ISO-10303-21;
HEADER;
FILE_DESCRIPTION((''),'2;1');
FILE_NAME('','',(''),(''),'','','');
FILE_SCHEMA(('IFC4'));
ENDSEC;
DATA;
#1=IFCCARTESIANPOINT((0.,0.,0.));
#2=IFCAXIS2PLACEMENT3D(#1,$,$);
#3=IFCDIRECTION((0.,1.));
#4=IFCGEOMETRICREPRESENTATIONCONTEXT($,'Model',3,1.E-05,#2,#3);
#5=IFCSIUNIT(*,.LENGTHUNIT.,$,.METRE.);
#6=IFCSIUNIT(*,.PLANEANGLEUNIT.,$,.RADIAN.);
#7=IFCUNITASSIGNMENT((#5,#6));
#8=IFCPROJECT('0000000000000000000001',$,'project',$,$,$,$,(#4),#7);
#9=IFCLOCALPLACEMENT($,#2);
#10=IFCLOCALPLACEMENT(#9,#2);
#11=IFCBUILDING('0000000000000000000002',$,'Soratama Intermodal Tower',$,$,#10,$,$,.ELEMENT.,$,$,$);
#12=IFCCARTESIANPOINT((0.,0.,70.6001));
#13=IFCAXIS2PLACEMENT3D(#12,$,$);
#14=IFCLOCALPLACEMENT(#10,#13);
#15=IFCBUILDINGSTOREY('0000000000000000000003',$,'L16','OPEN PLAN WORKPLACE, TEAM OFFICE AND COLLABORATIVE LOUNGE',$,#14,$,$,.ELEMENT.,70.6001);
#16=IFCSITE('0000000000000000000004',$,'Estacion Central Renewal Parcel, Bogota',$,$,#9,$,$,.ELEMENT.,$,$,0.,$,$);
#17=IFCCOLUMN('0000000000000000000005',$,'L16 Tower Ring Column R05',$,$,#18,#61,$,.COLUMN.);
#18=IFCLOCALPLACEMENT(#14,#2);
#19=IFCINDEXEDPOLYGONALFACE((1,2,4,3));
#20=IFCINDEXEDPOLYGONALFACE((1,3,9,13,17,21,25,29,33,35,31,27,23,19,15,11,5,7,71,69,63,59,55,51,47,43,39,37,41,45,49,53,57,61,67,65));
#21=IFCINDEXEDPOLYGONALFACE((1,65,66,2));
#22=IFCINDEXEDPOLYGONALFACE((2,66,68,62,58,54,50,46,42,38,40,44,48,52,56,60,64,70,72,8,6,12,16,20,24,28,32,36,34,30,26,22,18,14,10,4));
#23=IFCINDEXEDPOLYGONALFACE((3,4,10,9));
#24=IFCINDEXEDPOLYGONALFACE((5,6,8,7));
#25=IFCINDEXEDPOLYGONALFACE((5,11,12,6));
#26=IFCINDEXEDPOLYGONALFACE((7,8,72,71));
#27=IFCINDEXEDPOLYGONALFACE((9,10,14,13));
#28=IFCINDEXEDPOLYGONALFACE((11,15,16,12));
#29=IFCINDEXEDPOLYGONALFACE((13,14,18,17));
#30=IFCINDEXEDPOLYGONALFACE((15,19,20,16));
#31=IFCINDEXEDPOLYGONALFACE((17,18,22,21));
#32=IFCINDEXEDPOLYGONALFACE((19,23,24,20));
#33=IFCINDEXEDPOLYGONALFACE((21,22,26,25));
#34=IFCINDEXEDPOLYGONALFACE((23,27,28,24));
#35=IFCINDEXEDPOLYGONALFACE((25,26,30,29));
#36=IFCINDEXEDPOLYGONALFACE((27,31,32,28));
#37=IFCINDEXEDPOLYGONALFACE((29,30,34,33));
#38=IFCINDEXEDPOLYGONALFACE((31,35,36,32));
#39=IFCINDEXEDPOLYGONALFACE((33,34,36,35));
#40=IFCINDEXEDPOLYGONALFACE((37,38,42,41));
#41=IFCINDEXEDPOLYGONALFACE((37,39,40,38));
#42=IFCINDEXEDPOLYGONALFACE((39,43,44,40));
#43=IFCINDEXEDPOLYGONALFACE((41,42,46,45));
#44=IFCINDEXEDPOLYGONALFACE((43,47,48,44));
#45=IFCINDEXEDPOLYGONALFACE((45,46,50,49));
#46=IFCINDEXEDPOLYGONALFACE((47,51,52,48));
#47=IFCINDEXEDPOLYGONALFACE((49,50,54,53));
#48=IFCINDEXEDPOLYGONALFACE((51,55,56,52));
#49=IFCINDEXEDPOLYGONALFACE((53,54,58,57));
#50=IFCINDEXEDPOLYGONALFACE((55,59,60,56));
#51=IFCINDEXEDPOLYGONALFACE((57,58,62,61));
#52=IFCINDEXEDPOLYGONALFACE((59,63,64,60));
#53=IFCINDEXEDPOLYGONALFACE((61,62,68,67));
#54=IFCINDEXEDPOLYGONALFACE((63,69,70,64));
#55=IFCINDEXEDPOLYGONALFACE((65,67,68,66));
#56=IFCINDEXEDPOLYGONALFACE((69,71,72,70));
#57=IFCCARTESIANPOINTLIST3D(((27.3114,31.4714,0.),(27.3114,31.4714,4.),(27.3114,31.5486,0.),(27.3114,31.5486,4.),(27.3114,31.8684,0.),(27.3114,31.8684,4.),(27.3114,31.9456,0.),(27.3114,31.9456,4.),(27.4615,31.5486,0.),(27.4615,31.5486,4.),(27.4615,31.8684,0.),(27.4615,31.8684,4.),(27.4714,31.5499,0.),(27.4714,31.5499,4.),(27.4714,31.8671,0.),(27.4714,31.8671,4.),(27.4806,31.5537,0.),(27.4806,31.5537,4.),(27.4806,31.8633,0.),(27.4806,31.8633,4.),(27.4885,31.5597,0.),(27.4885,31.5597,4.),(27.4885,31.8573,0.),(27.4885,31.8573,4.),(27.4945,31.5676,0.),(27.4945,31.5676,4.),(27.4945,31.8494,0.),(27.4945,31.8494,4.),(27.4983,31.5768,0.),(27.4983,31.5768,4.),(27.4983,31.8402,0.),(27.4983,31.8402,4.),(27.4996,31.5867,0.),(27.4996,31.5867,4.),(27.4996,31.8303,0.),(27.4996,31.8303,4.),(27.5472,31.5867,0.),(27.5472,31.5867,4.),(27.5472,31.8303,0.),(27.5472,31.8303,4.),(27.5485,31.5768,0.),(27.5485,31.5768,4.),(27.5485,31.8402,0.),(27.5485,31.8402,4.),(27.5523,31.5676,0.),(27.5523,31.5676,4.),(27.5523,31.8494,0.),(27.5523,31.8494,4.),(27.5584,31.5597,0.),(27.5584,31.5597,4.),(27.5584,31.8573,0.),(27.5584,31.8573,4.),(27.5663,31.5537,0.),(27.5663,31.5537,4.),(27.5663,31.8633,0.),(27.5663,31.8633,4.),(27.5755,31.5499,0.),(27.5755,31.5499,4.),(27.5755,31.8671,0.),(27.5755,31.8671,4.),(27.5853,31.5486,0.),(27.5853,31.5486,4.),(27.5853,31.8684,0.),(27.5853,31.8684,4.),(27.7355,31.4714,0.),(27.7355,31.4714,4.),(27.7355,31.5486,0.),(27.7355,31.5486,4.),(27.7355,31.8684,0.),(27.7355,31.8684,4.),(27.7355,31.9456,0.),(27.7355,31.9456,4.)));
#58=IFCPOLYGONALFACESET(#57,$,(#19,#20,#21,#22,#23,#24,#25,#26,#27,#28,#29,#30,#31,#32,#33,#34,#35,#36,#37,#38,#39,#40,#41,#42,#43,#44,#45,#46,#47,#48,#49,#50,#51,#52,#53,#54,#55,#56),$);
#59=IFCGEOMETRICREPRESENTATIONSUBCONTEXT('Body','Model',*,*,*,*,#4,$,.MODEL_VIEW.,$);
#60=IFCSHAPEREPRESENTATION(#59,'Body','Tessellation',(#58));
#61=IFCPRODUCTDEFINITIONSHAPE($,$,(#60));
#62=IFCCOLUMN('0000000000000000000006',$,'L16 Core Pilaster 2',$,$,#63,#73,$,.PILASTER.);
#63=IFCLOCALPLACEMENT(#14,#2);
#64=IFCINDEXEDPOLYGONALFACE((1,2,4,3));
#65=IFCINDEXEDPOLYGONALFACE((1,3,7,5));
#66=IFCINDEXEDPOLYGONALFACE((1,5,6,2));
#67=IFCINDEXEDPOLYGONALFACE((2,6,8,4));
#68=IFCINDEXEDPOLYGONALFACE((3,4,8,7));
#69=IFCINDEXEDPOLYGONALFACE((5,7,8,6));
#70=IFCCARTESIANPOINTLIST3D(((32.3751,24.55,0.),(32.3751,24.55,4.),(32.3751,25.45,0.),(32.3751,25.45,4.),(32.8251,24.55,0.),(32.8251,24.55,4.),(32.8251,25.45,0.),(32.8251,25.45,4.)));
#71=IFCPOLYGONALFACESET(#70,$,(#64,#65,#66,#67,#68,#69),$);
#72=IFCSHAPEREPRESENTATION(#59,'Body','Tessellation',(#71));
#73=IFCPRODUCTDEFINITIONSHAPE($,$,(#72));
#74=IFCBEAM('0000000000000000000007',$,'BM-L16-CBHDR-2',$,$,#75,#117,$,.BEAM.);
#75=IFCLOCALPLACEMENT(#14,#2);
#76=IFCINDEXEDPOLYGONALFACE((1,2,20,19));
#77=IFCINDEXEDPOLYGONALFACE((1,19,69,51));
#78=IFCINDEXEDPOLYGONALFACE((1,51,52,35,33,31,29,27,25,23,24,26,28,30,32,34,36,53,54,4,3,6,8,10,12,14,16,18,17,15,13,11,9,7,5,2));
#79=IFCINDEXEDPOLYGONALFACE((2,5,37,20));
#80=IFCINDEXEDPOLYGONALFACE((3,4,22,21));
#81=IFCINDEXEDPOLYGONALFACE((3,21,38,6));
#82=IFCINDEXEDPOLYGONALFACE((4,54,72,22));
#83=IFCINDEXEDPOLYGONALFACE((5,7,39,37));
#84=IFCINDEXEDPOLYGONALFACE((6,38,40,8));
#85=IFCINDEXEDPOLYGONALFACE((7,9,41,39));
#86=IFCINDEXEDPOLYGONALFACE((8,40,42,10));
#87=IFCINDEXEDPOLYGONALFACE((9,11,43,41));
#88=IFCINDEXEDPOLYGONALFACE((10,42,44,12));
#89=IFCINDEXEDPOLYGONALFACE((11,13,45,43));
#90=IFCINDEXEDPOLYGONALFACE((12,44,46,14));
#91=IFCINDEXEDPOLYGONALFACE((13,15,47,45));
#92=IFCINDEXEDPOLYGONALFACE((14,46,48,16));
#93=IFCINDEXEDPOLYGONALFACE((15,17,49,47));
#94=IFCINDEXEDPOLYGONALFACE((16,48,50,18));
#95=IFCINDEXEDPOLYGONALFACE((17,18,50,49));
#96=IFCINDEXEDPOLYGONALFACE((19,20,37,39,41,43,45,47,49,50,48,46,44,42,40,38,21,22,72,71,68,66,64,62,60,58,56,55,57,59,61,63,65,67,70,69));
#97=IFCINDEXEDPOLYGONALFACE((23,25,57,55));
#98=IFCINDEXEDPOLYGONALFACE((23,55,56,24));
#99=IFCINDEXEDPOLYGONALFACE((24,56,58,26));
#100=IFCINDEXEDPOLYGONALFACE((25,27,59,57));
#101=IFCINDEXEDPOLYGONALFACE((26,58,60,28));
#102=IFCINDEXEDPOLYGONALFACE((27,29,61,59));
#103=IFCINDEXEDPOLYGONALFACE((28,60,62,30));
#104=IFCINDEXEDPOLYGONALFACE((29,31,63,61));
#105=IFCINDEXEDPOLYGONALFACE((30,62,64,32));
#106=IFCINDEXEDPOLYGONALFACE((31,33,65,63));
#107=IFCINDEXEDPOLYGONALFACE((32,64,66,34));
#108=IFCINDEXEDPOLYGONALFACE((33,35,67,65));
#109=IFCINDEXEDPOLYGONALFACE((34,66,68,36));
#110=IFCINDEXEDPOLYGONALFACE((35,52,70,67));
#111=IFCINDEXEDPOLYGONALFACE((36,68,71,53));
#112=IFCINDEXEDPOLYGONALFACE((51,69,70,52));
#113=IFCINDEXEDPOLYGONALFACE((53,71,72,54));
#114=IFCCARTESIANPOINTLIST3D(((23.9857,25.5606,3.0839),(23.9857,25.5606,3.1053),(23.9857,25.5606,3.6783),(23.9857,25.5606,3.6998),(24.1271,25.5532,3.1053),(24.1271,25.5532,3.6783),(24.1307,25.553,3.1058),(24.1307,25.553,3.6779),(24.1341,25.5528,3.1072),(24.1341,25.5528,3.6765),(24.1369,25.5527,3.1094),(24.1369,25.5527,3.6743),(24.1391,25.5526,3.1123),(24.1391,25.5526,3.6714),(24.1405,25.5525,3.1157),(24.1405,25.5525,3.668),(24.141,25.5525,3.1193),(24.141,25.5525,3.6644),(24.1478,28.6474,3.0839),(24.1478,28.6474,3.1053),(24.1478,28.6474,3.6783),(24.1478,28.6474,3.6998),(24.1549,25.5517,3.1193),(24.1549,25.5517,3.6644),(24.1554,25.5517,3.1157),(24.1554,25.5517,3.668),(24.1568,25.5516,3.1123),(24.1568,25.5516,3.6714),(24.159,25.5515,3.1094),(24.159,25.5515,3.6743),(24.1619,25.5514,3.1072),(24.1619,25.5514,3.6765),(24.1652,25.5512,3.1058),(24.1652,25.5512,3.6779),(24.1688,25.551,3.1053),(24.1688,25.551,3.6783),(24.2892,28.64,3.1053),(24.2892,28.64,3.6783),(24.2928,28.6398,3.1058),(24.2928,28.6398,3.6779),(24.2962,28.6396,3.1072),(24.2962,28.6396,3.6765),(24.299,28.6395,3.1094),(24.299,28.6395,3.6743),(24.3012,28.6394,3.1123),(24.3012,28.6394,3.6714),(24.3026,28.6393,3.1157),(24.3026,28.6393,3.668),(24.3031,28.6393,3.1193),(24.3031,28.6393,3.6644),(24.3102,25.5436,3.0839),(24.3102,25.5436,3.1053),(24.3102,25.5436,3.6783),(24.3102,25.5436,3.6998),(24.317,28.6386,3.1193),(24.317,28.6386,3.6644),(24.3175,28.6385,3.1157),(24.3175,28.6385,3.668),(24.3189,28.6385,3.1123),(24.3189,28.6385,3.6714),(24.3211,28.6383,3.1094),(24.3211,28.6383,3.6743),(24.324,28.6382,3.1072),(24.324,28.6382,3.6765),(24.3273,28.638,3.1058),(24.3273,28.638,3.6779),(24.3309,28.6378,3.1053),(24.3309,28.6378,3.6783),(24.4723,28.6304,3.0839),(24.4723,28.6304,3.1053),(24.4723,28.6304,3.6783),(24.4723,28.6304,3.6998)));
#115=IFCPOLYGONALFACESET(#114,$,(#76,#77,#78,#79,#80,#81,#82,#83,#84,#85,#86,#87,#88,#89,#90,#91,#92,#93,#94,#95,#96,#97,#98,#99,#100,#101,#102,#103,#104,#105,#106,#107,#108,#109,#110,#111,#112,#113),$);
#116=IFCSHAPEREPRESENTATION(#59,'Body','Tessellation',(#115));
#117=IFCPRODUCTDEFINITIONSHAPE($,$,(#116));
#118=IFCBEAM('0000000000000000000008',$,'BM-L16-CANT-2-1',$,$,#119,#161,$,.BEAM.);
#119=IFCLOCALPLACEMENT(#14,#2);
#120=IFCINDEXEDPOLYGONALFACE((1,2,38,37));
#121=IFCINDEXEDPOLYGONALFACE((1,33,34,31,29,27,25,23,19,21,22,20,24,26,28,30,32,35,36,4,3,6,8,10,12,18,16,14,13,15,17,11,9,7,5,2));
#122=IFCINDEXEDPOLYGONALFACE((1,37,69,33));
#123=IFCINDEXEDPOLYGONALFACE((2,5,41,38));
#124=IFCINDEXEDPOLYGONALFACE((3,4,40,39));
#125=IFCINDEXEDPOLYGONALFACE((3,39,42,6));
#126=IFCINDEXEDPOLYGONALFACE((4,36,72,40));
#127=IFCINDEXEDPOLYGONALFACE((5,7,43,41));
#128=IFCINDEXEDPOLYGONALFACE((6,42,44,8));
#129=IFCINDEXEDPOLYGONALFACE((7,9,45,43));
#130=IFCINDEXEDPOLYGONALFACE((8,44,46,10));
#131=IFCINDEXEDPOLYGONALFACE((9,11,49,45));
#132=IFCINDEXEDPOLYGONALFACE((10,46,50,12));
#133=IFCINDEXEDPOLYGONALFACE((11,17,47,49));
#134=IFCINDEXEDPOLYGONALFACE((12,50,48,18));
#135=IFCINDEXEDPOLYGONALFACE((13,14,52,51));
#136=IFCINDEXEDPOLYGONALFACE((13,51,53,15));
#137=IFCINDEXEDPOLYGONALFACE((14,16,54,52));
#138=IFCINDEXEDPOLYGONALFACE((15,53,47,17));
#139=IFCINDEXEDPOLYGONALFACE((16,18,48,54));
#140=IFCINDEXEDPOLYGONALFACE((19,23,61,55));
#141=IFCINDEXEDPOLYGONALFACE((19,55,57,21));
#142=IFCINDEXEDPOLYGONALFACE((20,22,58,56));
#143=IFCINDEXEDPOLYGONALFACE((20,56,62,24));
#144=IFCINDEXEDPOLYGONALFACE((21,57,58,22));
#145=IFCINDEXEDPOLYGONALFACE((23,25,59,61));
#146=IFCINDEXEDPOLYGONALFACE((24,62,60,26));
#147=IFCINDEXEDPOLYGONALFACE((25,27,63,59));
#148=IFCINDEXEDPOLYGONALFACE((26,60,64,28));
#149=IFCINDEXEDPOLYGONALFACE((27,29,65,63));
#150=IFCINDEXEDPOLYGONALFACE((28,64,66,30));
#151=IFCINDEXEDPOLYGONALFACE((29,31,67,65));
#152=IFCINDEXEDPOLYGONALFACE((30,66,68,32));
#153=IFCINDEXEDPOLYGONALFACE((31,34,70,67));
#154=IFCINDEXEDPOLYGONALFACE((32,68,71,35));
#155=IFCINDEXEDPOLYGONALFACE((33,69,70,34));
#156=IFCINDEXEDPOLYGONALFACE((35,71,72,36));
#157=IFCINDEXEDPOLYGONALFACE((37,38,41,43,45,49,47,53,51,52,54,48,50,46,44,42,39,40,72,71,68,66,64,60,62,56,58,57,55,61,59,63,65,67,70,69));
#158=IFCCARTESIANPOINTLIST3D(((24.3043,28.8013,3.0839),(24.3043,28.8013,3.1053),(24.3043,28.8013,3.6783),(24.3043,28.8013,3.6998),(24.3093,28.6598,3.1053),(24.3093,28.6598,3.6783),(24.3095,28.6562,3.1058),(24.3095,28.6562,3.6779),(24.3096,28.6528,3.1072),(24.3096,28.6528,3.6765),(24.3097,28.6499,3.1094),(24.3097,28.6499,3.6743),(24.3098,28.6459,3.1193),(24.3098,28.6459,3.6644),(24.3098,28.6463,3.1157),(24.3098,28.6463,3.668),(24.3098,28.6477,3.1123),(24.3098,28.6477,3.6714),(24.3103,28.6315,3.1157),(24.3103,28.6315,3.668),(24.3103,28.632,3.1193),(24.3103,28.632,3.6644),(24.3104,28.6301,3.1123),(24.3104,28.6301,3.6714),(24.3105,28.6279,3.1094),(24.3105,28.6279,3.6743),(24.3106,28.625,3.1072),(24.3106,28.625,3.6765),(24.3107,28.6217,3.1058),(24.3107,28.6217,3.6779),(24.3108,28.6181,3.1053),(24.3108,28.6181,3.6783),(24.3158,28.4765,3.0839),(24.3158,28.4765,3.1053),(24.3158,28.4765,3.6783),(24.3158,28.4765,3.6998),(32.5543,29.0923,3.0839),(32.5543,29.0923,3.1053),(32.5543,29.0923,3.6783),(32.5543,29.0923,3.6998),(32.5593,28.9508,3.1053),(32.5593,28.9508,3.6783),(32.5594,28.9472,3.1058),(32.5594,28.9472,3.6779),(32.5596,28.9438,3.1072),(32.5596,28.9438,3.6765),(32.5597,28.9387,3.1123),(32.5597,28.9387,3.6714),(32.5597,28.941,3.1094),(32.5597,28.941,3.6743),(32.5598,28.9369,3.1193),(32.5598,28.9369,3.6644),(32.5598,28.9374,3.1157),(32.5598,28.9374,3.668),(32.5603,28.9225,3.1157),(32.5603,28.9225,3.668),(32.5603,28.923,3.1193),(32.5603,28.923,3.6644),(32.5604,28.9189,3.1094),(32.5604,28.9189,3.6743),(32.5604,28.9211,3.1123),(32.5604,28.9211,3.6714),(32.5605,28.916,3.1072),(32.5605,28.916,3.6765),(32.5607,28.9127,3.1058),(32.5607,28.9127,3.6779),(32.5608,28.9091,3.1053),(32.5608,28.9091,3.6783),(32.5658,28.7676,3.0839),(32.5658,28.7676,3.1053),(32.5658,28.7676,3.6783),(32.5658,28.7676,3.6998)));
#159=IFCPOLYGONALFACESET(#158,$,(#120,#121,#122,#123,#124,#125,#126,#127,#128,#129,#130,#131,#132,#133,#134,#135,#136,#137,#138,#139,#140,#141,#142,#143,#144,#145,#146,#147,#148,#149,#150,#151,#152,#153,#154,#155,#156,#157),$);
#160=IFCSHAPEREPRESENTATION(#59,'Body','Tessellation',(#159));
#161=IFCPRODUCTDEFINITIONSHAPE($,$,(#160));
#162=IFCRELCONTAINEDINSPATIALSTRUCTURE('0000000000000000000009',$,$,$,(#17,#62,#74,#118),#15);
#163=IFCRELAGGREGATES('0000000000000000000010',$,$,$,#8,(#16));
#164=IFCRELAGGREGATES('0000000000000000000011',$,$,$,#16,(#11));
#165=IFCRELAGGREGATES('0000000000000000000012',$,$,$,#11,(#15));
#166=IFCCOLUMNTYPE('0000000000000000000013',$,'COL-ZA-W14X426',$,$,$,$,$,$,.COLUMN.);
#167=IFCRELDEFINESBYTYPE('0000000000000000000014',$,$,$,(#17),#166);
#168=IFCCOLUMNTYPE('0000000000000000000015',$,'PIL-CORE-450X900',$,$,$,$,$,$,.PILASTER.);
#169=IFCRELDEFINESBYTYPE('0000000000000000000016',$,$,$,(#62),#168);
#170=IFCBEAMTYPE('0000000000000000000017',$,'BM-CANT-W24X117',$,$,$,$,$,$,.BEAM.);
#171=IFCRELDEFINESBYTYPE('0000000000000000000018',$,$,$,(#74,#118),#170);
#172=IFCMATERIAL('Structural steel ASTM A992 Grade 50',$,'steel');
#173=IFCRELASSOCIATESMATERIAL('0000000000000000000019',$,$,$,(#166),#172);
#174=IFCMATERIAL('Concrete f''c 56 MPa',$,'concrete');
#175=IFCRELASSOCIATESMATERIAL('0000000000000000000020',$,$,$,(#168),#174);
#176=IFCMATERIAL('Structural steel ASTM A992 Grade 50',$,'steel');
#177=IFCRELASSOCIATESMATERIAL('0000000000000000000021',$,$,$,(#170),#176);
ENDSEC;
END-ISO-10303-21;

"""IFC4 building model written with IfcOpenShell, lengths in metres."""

from ifc_helpers import new_model, si_unit, direction, frame, origin, origin_2d, place, context, subcontext, project, spatial, rectangle, i_section, extrude, material, material_profile, profile_set, type_object, element, save


model = new_model("IFC4")

# Units and contexts
model_context = context("Model", 3, precision=1e-05, world=origin(), true_north=direction((0.0, 1.0)))
body_context = subcontext(model_context, "Body", "Model", "MODEL_VIEW")
ifc_project = project(units=[si_unit("LENGTHUNIT", "METRE"), si_unit("PLANEANGLEUNIT", "RADIAN")], contexts=[model_context])

# Site, building, storey
site_placement = place(None, origin())
site = spatial("IfcSite", under=ifc_project, at=site_placement, Name="Estacion Central Renewal Parcel, Bogota", CompositionType="ELEMENT", RefElevation=0.0)
building_placement = place(site_placement, origin())
building = spatial("IfcBuilding", under=site, at=building_placement, Name="Soratama Intermodal Tower", CompositionType="ELEMENT")
storey_placement = place(building_placement, frame((0.0, 0.0, 70.6001)))
storey = spatial("IfcBuildingStorey", under=building, at=storey_placement, Name="L16", Description="OPEN PLAN WORKPLACE, TEAM OFFICE AND COLLABORATIVE LOUNGE", CompositionType="ELEMENT", Elevation=70.6001)

# Columns
ifc_material_1 = material(Name="Structural steel ASTM A992 Grade 50", Category="steel")
ifc_material_profile_1 = material_profile(ifc_material_1, i_section(OverallWidth=0.4241, OverallDepth=0.4741, WebThickness=0.0476, FlangeThickness=0.0771, FilletRadius=0.0381, at=origin_2d()), Name="W14X426")
ifc_profile_set_1 = profile_set([ifc_material_profile_1], Name="Structural steel ASTM A992 Grade 50")
column_type_1 = type_object("IfcColumnType", Name="COL-ZA-W14X426", PredefinedType="COLUMN", material=ifc_profile_set_1)
column_1_placement = place(storey_placement, frame((27.5234, 31.7085, 0.0), z_axis=(0.0, 0.0, 1.0), x_axis=(1.0, 0.0, 0.0)))
element("IfcColumn", 1, at=column_1_placement, inside=storey, type_object=column_type_1, Name="L16 Tower Ring Column R05", PredefinedType="COLUMN", context=body_context, shape_type="SweptSolid", body=[
    extrude(i_section(OverallWidth=0.4241, OverallDepth=0.4741, WebThickness=0.0476, FlangeThickness=0.0771, FilletRadius=0.0381, at=origin_2d()), origin(), (0.0, 0.0, 1.0), 4.0),
])
ifc_material_2 = material(Name="Concrete f'c 56 MPa", Category="concrete")
ifc_material_profile_2 = material_profile(ifc_material_2, rectangle(XDim=0.45, YDim=0.8999, at=origin_2d()), Name="RC450X900")
ifc_profile_set_2 = profile_set([ifc_material_profile_2], Name="Concrete f'c 56 MPa")
column_type_2 = type_object("IfcColumnType", Name="PIL-CORE-450X900", PredefinedType="PILASTER", material=ifc_profile_set_2)
column_2_placement = place(storey_placement, frame((32.6001, 25.0, 0.0), z_axis=(0.0, 0.0, 1.0), x_axis=(1.0, 0.0, 0.0)))
element("IfcColumn", 2, at=column_2_placement, inside=storey, type_object=column_type_2, Name="L16 Core Pilaster 2", PredefinedType="PILASTER", context=body_context, shape_type="SweptSolid", body=[
    extrude(rectangle(XDim=0.45, YDim=0.8999, at=origin_2d()), origin(), (0.0, 0.0, 1.0), 4.0),
])

# Beams
ifc_material_3 = material(Name="Structural steel ASTM A992 Grade 50", Category="steel")
ifc_material_profile_3 = material_profile(ifc_material_3, i_section(OverallWidth=0.325, OverallDepth=0.616, WebThickness=0.0139, FlangeThickness=0.0215, FilletRadius=0.0139, at=origin_2d()), Name="W24X117")
ifc_profile_set_3 = profile_set([ifc_material_profile_3], Name="Structural steel ASTM A992 Grade 50")
beam_type_1 = type_object("IfcBeamType", Name="BM-CANT-W24X117", PredefinedType="BEAM", material=ifc_profile_set_3)
beam_1_placement = place(storey_placement, frame((24.3101, 28.6389, 3.3918), z_axis=(-0.052443, -0.998624, 0.0), x_axis=(0.998624, -0.052443, 0.0)))
element("IfcBeam", 3, at=beam_1_placement, inside=storey, type_object=beam_type_1, Name="BM-L16-CBHDR-2", PredefinedType="BEAM", context=body_context, shape_type="SweptSolid", body=[
    extrude(i_section(OverallWidth=0.325, OverallDepth=0.616, WebThickness=0.0139, FlangeThickness=0.0215, FilletRadius=0.0139, at=origin_2d()), origin(), (0.0, 0.0, 1.0), 3.0911),
])
beam_2_placement = place(storey_placement, frame((32.5601, 28.9299, 3.3918), z_axis=(-0.999378, -0.035253, 0.0), x_axis=(0.035253, -0.999378, 0.0)))
element("IfcBeam", 4, at=beam_2_placement, inside=storey, type_object=beam_type_1, Name="BM-L16-CANT-2-1", PredefinedType="BEAM", context=body_context, shape_type="SweptSolid", body=[
    extrude(i_section(OverallWidth=0.325, OverallDepth=0.616, WebThickness=0.0139, FlangeThickness=0.0215, FilletRadius=0.0139, at=origin_2d()), origin(), (0.0, 0.0, 1.0), 8.2551),
])

save(model, "model.ifc")
